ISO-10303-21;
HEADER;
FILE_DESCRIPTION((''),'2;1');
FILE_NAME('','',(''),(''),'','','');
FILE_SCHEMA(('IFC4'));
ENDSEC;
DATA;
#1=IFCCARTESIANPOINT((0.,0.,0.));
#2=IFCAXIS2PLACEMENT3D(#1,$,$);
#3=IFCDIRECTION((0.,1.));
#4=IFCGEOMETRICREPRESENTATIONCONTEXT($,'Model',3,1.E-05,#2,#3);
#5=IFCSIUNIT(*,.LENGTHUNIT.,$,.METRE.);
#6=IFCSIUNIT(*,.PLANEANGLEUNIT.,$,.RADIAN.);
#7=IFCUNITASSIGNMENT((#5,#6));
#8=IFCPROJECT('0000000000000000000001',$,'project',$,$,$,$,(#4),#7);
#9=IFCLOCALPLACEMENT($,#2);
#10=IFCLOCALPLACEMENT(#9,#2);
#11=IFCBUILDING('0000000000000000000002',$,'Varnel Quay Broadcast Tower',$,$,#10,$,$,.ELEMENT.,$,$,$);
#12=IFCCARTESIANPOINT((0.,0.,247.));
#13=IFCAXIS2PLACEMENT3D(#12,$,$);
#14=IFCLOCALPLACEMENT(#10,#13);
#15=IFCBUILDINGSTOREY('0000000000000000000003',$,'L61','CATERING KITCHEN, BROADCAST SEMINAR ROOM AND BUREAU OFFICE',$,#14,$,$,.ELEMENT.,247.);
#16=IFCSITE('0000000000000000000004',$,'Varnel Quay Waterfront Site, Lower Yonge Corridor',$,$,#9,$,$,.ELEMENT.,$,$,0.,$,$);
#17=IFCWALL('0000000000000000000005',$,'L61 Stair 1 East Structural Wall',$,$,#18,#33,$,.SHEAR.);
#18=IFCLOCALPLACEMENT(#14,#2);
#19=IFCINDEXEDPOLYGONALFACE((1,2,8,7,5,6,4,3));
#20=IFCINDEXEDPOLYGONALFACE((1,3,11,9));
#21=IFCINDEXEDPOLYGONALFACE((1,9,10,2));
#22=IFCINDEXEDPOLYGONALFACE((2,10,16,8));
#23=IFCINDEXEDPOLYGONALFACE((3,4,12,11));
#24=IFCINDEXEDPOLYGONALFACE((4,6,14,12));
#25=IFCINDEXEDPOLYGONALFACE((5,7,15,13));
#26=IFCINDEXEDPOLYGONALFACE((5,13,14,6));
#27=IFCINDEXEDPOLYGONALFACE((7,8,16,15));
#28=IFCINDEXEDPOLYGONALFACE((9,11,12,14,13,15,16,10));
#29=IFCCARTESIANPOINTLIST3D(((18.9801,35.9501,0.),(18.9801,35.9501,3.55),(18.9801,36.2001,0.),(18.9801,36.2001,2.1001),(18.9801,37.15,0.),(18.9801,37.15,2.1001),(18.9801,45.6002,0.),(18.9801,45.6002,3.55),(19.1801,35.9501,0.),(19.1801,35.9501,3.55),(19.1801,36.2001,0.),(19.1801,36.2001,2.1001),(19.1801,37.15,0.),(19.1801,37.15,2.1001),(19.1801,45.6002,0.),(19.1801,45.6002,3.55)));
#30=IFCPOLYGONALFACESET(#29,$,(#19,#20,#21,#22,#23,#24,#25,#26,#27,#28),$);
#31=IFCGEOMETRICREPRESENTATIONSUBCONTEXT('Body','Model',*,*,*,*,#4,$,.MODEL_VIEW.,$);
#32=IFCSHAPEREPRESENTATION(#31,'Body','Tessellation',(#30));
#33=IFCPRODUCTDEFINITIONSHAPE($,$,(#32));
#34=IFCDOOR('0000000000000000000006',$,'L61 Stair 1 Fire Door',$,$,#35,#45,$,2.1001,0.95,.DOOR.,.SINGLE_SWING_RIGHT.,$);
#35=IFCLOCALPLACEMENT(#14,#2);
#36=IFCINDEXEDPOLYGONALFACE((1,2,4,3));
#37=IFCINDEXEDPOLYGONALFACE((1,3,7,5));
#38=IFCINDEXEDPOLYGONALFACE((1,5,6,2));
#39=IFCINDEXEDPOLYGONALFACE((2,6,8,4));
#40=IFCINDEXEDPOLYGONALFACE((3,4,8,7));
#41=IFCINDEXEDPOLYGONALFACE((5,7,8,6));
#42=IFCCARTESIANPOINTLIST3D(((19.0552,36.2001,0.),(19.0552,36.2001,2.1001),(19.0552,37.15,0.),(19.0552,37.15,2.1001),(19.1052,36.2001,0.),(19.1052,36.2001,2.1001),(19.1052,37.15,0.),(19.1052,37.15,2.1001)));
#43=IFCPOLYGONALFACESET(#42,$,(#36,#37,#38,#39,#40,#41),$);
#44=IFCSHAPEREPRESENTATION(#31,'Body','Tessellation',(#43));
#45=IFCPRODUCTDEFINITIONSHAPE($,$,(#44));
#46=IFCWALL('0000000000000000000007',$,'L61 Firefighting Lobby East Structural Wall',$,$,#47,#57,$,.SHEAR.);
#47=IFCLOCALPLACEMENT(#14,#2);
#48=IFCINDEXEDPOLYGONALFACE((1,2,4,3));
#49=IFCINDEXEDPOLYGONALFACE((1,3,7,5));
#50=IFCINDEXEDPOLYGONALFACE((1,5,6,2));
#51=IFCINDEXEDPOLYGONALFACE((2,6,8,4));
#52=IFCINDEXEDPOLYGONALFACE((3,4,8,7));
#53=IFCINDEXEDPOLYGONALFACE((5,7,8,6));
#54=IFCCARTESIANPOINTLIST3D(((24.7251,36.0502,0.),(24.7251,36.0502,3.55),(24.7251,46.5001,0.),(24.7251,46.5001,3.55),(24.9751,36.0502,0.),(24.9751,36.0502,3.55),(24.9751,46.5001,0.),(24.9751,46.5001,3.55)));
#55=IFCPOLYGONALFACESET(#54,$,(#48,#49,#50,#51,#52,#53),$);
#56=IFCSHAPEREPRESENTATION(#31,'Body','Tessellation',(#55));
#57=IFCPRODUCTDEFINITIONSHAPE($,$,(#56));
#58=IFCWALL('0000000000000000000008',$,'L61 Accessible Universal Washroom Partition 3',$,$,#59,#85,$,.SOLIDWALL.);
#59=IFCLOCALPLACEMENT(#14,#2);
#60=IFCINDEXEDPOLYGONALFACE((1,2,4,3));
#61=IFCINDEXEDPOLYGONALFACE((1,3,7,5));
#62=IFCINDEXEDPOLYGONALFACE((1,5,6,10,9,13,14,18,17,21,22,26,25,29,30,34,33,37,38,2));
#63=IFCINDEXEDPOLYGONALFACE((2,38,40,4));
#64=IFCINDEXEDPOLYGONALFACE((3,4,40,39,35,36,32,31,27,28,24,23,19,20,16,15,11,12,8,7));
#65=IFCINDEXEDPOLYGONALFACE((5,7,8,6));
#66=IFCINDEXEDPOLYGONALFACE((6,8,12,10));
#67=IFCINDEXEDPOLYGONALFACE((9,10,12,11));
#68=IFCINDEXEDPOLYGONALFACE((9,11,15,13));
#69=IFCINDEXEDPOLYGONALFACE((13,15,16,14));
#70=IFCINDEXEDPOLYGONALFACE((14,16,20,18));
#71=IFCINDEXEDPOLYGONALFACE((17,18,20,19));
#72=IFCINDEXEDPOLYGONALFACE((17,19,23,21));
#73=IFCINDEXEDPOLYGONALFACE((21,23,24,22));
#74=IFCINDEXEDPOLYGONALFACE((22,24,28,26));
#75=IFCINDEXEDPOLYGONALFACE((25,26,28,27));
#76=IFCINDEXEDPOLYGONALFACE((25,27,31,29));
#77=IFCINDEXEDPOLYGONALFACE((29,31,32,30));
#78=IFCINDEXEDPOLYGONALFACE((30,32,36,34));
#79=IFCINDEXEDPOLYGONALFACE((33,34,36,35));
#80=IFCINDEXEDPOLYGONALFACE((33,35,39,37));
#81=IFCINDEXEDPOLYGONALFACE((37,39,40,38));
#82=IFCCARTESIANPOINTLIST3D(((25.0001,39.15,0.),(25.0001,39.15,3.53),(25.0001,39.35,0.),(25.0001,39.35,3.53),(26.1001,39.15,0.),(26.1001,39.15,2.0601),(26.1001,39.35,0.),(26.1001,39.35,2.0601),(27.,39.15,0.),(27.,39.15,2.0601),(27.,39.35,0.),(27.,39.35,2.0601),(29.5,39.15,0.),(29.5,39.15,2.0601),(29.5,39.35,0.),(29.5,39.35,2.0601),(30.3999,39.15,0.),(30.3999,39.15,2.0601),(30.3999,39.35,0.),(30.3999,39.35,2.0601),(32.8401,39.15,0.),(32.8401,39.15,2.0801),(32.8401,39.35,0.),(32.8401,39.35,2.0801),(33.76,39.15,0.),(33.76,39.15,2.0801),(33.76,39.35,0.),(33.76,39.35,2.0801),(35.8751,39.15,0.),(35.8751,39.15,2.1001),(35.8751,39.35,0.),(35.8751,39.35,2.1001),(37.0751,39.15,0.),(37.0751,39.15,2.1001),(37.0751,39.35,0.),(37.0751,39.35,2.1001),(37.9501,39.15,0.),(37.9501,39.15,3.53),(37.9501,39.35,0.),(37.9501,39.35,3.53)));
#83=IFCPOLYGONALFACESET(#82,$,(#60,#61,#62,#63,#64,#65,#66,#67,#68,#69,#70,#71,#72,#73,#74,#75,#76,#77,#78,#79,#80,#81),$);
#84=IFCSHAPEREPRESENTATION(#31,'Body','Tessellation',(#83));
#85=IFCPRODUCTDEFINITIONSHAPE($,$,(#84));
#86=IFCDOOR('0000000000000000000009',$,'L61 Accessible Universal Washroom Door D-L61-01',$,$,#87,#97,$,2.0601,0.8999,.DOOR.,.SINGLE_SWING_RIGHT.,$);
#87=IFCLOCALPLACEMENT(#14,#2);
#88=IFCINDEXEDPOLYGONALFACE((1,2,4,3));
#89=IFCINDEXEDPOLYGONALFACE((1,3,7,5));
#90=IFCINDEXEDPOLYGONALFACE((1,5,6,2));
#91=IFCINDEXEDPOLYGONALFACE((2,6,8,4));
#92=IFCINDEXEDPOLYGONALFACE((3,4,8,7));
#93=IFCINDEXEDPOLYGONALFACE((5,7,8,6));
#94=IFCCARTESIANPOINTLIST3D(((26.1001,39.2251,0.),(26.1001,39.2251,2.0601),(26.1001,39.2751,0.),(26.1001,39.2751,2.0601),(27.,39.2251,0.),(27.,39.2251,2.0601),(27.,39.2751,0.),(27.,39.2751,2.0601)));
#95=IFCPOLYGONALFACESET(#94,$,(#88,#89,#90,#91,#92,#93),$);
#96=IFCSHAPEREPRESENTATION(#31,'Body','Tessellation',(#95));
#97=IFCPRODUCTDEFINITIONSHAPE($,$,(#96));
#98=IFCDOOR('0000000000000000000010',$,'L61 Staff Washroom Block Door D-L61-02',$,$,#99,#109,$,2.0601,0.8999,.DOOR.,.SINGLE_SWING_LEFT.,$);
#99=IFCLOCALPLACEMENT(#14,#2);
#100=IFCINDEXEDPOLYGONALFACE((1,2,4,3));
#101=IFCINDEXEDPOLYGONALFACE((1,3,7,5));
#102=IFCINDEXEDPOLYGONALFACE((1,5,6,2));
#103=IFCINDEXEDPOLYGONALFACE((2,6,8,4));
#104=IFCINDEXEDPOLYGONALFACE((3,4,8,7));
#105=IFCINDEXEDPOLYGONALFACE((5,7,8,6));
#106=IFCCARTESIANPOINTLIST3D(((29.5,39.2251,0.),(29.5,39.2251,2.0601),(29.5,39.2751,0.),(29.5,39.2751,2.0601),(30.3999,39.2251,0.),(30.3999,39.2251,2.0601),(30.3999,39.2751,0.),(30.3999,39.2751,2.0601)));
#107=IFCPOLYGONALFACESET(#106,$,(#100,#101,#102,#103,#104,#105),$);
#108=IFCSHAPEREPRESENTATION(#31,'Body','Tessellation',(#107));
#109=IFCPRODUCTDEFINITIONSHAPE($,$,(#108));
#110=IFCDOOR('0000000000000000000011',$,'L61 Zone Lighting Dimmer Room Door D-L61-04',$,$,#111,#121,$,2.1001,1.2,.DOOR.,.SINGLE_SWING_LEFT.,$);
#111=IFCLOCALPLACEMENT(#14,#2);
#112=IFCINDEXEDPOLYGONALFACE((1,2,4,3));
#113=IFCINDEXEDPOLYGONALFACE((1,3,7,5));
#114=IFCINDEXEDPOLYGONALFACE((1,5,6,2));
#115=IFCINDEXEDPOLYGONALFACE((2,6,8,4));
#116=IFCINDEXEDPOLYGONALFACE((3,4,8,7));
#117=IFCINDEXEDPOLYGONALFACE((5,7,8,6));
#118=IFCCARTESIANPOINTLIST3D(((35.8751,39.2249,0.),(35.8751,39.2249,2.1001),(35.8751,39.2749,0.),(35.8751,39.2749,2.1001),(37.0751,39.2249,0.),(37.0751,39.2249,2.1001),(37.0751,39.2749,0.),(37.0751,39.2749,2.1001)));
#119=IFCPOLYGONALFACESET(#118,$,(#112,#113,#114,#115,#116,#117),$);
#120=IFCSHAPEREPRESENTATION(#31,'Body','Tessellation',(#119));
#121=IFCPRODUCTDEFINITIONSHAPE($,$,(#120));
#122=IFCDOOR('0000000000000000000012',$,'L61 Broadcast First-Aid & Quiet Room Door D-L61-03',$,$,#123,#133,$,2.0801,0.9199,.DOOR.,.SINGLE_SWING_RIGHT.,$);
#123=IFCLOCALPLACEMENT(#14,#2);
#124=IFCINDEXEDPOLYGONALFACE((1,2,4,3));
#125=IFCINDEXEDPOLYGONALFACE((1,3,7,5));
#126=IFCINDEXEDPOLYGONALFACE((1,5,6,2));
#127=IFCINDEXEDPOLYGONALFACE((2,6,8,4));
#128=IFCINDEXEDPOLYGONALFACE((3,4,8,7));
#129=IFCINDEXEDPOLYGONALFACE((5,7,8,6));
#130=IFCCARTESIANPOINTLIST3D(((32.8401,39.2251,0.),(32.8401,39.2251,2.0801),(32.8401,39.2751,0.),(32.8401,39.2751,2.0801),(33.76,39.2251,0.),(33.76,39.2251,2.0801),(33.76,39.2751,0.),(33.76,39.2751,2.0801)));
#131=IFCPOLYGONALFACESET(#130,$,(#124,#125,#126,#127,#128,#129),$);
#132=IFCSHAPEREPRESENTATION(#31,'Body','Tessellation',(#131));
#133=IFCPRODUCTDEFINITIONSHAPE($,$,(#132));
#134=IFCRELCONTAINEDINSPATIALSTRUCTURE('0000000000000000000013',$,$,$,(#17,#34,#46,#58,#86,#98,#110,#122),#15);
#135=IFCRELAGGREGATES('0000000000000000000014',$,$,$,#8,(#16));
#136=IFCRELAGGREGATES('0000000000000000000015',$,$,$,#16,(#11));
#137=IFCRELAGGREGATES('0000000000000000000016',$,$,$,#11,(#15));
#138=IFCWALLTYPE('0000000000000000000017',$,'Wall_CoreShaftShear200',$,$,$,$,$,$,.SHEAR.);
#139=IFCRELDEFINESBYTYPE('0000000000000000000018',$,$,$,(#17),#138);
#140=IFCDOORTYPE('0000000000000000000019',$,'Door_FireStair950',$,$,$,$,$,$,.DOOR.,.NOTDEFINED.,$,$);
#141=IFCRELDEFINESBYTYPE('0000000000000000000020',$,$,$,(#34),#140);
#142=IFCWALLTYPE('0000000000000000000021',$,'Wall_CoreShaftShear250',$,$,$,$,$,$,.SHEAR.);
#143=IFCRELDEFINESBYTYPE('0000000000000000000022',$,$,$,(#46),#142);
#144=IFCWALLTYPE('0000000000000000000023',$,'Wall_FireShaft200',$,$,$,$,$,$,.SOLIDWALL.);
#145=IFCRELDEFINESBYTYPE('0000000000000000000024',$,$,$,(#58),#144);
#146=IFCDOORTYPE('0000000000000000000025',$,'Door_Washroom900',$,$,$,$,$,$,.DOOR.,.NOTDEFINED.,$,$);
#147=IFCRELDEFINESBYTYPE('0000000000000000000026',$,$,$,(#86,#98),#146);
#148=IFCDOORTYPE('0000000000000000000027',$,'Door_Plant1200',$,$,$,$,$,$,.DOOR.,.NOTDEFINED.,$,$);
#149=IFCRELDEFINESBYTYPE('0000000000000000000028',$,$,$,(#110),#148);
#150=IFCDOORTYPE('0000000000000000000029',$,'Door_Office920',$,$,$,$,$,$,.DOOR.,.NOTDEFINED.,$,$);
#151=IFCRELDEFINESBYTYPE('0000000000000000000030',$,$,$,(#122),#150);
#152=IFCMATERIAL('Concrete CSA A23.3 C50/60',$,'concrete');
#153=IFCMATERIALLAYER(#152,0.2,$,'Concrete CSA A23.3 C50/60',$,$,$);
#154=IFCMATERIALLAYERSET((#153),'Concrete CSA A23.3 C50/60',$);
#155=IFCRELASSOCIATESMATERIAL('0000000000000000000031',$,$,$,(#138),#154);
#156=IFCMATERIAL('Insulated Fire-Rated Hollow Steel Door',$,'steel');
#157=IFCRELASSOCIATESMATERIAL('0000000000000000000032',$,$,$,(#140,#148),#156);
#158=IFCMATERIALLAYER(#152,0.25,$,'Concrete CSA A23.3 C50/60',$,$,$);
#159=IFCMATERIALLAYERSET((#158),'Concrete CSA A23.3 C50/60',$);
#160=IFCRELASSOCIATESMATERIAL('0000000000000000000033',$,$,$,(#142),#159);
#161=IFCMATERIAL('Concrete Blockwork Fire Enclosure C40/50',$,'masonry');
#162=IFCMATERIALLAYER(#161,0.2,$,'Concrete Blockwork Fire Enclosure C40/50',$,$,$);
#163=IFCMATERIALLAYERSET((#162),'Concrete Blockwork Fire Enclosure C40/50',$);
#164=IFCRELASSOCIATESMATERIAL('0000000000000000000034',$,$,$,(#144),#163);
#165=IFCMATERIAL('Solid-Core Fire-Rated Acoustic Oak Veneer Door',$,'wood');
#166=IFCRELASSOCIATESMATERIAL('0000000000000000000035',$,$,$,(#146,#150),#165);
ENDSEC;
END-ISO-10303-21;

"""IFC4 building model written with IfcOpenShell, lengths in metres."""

from ifc_helpers import new_model, si_unit, direction, frame, frame_2d, origin, place, context, subcontext, project, spatial, rectangle, extrude, source, transform, mapped, material, layer, layer_set, type_object, type_shapes, element, fill, save


model = new_model("IFC4")

# Units and contexts
model_context = context("Model", 3, precision=1e-05, world=origin(), true_north=direction((0.0, 1.0)))
body_context = subcontext(model_context, "Body", "Model", "MODEL_VIEW")
ifc_project = project(units=[si_unit("LENGTHUNIT", "METRE"), si_unit("PLANEANGLEUNIT", "RADIAN")], contexts=[model_context])

# Site, building, storey
site_placement = place(None, origin())
site = spatial("IfcSite", under=ifc_project, at=site_placement, Name="Varnel Quay Waterfront Site, Lower Yonge Corridor", CompositionType="ELEMENT", RefElevation=0.0)
building_placement = place(site_placement, origin())
building = spatial("IfcBuilding", under=site, at=building_placement, Name="Varnel Quay Broadcast Tower", CompositionType="ELEMENT")
storey_placement = place(building_placement, frame((0.0, 0.0, 247.0)))
storey = spatial("IfcBuildingStorey", under=building, at=storey_placement, Name="L61", Description="CATERING KITCHEN, BROADCAST SEMINAR ROOM AND BUREAU OFFICE", CompositionType="ELEMENT", Elevation=247.0)

# Wall, opening, door
ifc_material_1 = material(Name="Concrete CSA A23.3 C50/60", Category="concrete")
ifc_layer_1 = layer(ifc_material_1, 0.2, Name="Concrete CSA A23.3 C50/60")
ifc_layer_set_1 = layer_set([ifc_layer_1], Name="Concrete CSA A23.3 C50/60")
wall_type_1 = type_object("IfcWallType", Name="Wall_CoreShaftShear200", PredefinedType="SHEAR", material=ifc_layer_set_1)
wall_1_placement = place(storey_placement, frame((19.0801, 35.95, 0.0), z_axis=(0.0, 0.0, 1.0), x_axis=(0.0, 1.0, 0.0)))
wall_1 = element("IfcWall", 1, at=wall_1_placement, inside=storey, type_object=wall_type_1, Name="L61 Stair 1 East Structural Wall", PredefinedType="SHEAR", context=body_context, shape_type="SweptSolid", body=[
    extrude(rectangle(XDim=9.6501, YDim=0.2, at=frame_2d((4.8252, 0.0))), origin(), (0.0, 0.0, 1.0), 3.55),
])
opening_1_placement = place(wall_1_placement, frame((0.25, 0.0, 0.0)))
opening_1 = element("IfcOpeningElement", 2, at=opening_1_placement, cuts=wall_1, PredefinedType="OPENING", context=body_context, shape_type="SweptSolid", body=[
    extrude(rectangle(XDim=0.95, YDim=2.1001, at=frame_2d((0.4751, 1.05))), frame((0.0, 0.1099, 0.0), z_axis=(0.0, -1.0, 0.0), x_axis=(1.0, 0.0, 0.0)), (0.0, 0.0, 1.0), 0.22),
])
ifc_material_2 = material(Name="Insulated Fire-Rated Hollow Steel Door", Category="steel")
door_type_1 = type_object("IfcDoorType", Name="Door_FireStair950", OperationType="NOTDEFINED", PredefinedType="DOOR", material=ifc_material_2)
shared_shape_1 = source(origin(), body_context, "Body", "SweptSolid", [
    extrude(rectangle(XDim=0.95, YDim=2.1001, at=frame_2d((0.4751, 1.05))), frame((0.0, 0.0249, 0.0), z_axis=(0.0, -1.0, 0.0), x_axis=(1.0, 0.0, 0.0)), (0.0, 0.0, 1.0), 0.05),
])
type_shapes(door_type_1, [shared_shape_1])
door_1_placement = place(opening_1_placement, origin())
door_1 = element("IfcDoor", 3, at=door_1_placement, inside=storey, type_object=door_type_1, Name="L61 Stair 1 Fire Door", OperationType="SINGLE_SWING_RIGHT", OverallHeight=2.1001, OverallWidth=0.95, PredefinedType="DOOR", context=body_context, shape_type="MappedRepresentation", body=[
    mapped(shared_shape_1, transform((0.0, 0.0, 0.0), x_axis=(1.0, 0.0, 0.0), y_axis=(0.0, 1.0, 0.0), z_axis=(0.0, 0.0, 1.0), scale=1.0)),
])
fill(opening_1, door_1)

# Wall
ifc_layer_2 = layer(ifc_material_1, 0.25, Name="Concrete CSA A23.3 C50/60")
ifc_layer_set_2 = layer_set([ifc_layer_2], Name="Concrete CSA A23.3 C50/60")
wall_type_2 = type_object("IfcWallType", Name="Wall_CoreShaftShear250", PredefinedType="SHEAR", material=ifc_layer_set_2)
wall_2_placement = place(storey_placement, frame((24.8501, 36.05, 0.0), z_axis=(0.0, 0.0, 1.0), x_axis=(0.0, 1.0, 0.0)))
element("IfcWall", 4, at=wall_2_placement, inside=storey, type_object=wall_type_2, Name="L61 Firefighting Lobby East Structural Wall", PredefinedType="SHEAR", context=body_context, shape_type="SweptSolid", body=[
    extrude(rectangle(XDim=10.45, YDim=0.25, at=frame_2d((5.2251, 0.0))), origin(), (0.0, 0.0, 1.0), 3.55),
])

# Wall, openings, doors
ifc_material_3 = material(Name="Concrete Blockwork Fire Enclosure C40/50", Category="masonry")
ifc_layer_3 = layer(ifc_material_3, 0.2, Name="Concrete Blockwork Fire Enclosure C40/50")
ifc_layer_set_3 = layer_set([ifc_layer_3], Name="Concrete Blockwork Fire Enclosure C40/50")
wall_type_3 = type_object("IfcWallType", Name="Wall_FireShaft200", PredefinedType="SOLIDWALL", material=ifc_layer_set_3)
wall_3_placement = place(storey_placement, frame((25.0, 39.25, 0.0), z_axis=(0.0, 0.0, 1.0), x_axis=(1.0, 0.0, 0.0)))
wall_3 = element("IfcWall", 5, at=wall_3_placement, inside=storey, type_object=wall_type_3, Name="L61 Accessible Universal Washroom Partition 3", PredefinedType="SOLIDWALL", context=body_context, shape_type="SweptSolid", body=[
    extrude(rectangle(XDim=12.95, YDim=0.2, at=frame_2d((6.4751, 0.0))), origin(), (0.0, 0.0, 1.0), 3.53),
])
opening_2_placement = place(wall_3_placement, frame((1.1001, 0.0, 0.0)))
opening_2 = element("IfcOpeningElement", 6, at=opening_2_placement, cuts=wall_3, PredefinedType="OPENING", context=body_context, shape_type="SweptSolid", body=[
    extrude(rectangle(XDim=0.8999, YDim=2.0601, at=frame_2d((0.45, 1.03))), frame((0.0, 0.1099, 0.0), z_axis=(0.0, -1.0, 0.0), x_axis=(1.0, 0.0, 0.0)), (0.0, 0.0, 1.0), 0.22),
])
opening_3_placement = place(wall_3_placement, frame((4.5, 0.0, 0.0)))
opening_3 = element("IfcOpeningElement", 7, at=opening_3_placement, cuts=wall_3, PredefinedType="OPENING", context=body_context, shape_type="SweptSolid", body=[
    extrude(rectangle(XDim=0.8999, YDim=2.0601, at=frame_2d((0.45, 1.03))), frame((0.0, 0.1099, 0.0), z_axis=(0.0, -1.0, 0.0), x_axis=(1.0, 0.0, 0.0)), (0.0, 0.0, 1.0), 0.22),
])
opening_4_placement = place(wall_3_placement, frame((7.8401, 0.0, 0.0)))
opening_4 = element("IfcOpeningElement", 8, at=opening_4_placement, cuts=wall_3, PredefinedType="OPENING", context=body_context, shape_type="SweptSolid", body=[
    extrude(rectangle(XDim=0.9199, YDim=2.0801, at=frame_2d((0.46, 1.04))), frame((0.0, 0.1099, 0.0), z_axis=(0.0, -1.0, 0.0), x_axis=(1.0, 0.0, 0.0)), (0.0, 0.0, 1.0), 0.22),
])
opening_5_placement = place(wall_3_placement, frame((10.875, 0.0, 0.0)))
opening_5 = element("IfcOpeningElement", 9, at=opening_5_placement, cuts=wall_3, PredefinedType="OPENING", context=body_context, shape_type="SweptSolid", body=[
    extrude(rectangle(XDim=1.2, YDim=2.1001, at=frame_2d((0.6001, 1.05))), frame((0.0, 0.1099, 0.0), z_axis=(0.0, -1.0, 0.0), x_axis=(1.0, 0.0, 0.0)), (0.0, 0.0, 1.0), 0.22),
])
ifc_material_4 = material(Name="Solid-Core Fire-Rated Acoustic Oak Veneer Door", Category="wood")
door_type_2 = type_object("IfcDoorType", Name="Door_Washroom900", OperationType="NOTDEFINED", PredefinedType="DOOR", material=ifc_material_4)
shared_shape_2 = source(origin(), body_context, "Body", "SweptSolid", [
    extrude(rectangle(XDim=0.8999, YDim=2.0601, at=frame_2d((0.45, 1.03))), frame((0.0, 0.0249, 0.0), z_axis=(0.0, -1.0, 0.0), x_axis=(1.0, 0.0, 0.0)), (0.0, 0.0, 1.0), 0.05),
])
type_shapes(door_type_2, [shared_shape_2])
door_2_placement = place(opening_2_placement, frame((0.8999, 0.0, 0.0), z_axis=(0.0, 0.0, 1.0), x_axis=(-1.0, 0.0, 0.0)))
door_2 = element("IfcDoor", 10, at=door_2_placement, inside=storey, type_object=door_type_2, Name="L61 Accessible Universal Washroom Door D-L61-01", OperationType="SINGLE_SWING_RIGHT", OverallHeight=2.0601, OverallWidth=0.8999, PredefinedType="DOOR", context=body_context, shape_type="MappedRepresentation", body=[
    mapped(shared_shape_2, transform((0.0, 0.0, 0.0), x_axis=(1.0, 0.0, 0.0), y_axis=(0.0, 1.0, 0.0), z_axis=(0.0, 0.0, 1.0), scale=1.0)),
])
fill(opening_2, door_2)
door_3_placement = place(opening_3_placement, frame((0.8999, 0.0, 0.0), z_axis=(0.0, 0.0, 1.0), x_axis=(-1.0, 0.0, 0.0)))
door_3 = element("IfcDoor", 11, at=door_3_placement, inside=storey, type_object=door_type_2, Name="L61 Staff Washroom Block Door D-L61-02", OperationType="SINGLE_SWING_LEFT", OverallHeight=2.0601, OverallWidth=0.8999, PredefinedType="DOOR", context=body_context, shape_type="MappedRepresentation", body=[
    mapped(shared_shape_2, transform((0.0, 0.0, 0.0), x_axis=(1.0, 0.0, 0.0), y_axis=(0.0, 1.0, 0.0), z_axis=(0.0, 0.0, 1.0), scale=1.0)),
])
fill(opening_3, door_3)
door_type_3 = type_object("IfcDoorType", Name="Door_Plant1200", OperationType="NOTDEFINED", PredefinedType="DOOR", material=ifc_material_2)
shared_shape_3 = source(origin(), body_context, "Body", "SweptSolid", [
    extrude(rectangle(XDim=1.2, YDim=2.1001, at=frame_2d((0.6001, 1.05))), frame((0.0, 0.0249, 0.0), z_axis=(0.0, -1.0, 0.0), x_axis=(1.0, 0.0, 0.0)), (0.0, 0.0, 1.0), 0.05),
])
type_shapes(door_type_3, [shared_shape_3])
door_4_placement = place(opening_5_placement, origin())
door_4 = element("IfcDoor", 12, at=door_4_placement, inside=storey, type_object=door_type_3, Name="L61 Zone Lighting Dimmer Room Door D-L61-04", OperationType="SINGLE_SWING_LEFT", OverallHeight=2.1001, OverallWidth=1.2, PredefinedType="DOOR", context=body_context, shape_type="MappedRepresentation", body=[
    mapped(shared_shape_3, transform((0.0, 0.0, 0.0), x_axis=(1.0, 0.0, 0.0), y_axis=(0.0, 1.0, 0.0), z_axis=(0.0, 0.0, 1.0), scale=1.0)),
])
fill(opening_5, door_4)
door_type_4 = type_object("IfcDoorType", Name="Door_Office920", OperationType="NOTDEFINED", PredefinedType="DOOR", material=ifc_material_4)
shared_shape_4 = source(origin(), body_context, "Body", "SweptSolid", [
    extrude(rectangle(XDim=0.9199, YDim=2.0801, at=frame_2d((0.46, 1.04))), frame((0.0, 0.0249, 0.0), z_axis=(0.0, -1.0, 0.0), x_axis=(1.0, 0.0, 0.0)), (0.0, 0.0, 1.0), 0.05),
])
type_shapes(door_type_4, [shared_shape_4])
door_5_placement = place(opening_4_placement, frame((0.9199, 0.0, 0.0), z_axis=(0.0, 0.0, 1.0), x_axis=(-1.0, 0.0, 0.0)))
door_5 = element("IfcDoor", 13, at=door_5_placement, inside=storey, type_object=door_type_4, Name="L61 Broadcast First-Aid & Quiet Room Door D-L61-03", OperationType="SINGLE_SWING_RIGHT", OverallHeight=2.0801, OverallWidth=0.9199, PredefinedType="DOOR", context=body_context, shape_type="MappedRepresentation", body=[
    mapped(shared_shape_4, transform((0.0, 0.0, 0.0), x_axis=(1.0, 0.0, 0.0), y_axis=(0.0, 1.0, 0.0), z_axis=(0.0, 0.0, 1.0), scale=1.0)),
])
fill(opening_4, door_5)

save(model, "model.ifc")
